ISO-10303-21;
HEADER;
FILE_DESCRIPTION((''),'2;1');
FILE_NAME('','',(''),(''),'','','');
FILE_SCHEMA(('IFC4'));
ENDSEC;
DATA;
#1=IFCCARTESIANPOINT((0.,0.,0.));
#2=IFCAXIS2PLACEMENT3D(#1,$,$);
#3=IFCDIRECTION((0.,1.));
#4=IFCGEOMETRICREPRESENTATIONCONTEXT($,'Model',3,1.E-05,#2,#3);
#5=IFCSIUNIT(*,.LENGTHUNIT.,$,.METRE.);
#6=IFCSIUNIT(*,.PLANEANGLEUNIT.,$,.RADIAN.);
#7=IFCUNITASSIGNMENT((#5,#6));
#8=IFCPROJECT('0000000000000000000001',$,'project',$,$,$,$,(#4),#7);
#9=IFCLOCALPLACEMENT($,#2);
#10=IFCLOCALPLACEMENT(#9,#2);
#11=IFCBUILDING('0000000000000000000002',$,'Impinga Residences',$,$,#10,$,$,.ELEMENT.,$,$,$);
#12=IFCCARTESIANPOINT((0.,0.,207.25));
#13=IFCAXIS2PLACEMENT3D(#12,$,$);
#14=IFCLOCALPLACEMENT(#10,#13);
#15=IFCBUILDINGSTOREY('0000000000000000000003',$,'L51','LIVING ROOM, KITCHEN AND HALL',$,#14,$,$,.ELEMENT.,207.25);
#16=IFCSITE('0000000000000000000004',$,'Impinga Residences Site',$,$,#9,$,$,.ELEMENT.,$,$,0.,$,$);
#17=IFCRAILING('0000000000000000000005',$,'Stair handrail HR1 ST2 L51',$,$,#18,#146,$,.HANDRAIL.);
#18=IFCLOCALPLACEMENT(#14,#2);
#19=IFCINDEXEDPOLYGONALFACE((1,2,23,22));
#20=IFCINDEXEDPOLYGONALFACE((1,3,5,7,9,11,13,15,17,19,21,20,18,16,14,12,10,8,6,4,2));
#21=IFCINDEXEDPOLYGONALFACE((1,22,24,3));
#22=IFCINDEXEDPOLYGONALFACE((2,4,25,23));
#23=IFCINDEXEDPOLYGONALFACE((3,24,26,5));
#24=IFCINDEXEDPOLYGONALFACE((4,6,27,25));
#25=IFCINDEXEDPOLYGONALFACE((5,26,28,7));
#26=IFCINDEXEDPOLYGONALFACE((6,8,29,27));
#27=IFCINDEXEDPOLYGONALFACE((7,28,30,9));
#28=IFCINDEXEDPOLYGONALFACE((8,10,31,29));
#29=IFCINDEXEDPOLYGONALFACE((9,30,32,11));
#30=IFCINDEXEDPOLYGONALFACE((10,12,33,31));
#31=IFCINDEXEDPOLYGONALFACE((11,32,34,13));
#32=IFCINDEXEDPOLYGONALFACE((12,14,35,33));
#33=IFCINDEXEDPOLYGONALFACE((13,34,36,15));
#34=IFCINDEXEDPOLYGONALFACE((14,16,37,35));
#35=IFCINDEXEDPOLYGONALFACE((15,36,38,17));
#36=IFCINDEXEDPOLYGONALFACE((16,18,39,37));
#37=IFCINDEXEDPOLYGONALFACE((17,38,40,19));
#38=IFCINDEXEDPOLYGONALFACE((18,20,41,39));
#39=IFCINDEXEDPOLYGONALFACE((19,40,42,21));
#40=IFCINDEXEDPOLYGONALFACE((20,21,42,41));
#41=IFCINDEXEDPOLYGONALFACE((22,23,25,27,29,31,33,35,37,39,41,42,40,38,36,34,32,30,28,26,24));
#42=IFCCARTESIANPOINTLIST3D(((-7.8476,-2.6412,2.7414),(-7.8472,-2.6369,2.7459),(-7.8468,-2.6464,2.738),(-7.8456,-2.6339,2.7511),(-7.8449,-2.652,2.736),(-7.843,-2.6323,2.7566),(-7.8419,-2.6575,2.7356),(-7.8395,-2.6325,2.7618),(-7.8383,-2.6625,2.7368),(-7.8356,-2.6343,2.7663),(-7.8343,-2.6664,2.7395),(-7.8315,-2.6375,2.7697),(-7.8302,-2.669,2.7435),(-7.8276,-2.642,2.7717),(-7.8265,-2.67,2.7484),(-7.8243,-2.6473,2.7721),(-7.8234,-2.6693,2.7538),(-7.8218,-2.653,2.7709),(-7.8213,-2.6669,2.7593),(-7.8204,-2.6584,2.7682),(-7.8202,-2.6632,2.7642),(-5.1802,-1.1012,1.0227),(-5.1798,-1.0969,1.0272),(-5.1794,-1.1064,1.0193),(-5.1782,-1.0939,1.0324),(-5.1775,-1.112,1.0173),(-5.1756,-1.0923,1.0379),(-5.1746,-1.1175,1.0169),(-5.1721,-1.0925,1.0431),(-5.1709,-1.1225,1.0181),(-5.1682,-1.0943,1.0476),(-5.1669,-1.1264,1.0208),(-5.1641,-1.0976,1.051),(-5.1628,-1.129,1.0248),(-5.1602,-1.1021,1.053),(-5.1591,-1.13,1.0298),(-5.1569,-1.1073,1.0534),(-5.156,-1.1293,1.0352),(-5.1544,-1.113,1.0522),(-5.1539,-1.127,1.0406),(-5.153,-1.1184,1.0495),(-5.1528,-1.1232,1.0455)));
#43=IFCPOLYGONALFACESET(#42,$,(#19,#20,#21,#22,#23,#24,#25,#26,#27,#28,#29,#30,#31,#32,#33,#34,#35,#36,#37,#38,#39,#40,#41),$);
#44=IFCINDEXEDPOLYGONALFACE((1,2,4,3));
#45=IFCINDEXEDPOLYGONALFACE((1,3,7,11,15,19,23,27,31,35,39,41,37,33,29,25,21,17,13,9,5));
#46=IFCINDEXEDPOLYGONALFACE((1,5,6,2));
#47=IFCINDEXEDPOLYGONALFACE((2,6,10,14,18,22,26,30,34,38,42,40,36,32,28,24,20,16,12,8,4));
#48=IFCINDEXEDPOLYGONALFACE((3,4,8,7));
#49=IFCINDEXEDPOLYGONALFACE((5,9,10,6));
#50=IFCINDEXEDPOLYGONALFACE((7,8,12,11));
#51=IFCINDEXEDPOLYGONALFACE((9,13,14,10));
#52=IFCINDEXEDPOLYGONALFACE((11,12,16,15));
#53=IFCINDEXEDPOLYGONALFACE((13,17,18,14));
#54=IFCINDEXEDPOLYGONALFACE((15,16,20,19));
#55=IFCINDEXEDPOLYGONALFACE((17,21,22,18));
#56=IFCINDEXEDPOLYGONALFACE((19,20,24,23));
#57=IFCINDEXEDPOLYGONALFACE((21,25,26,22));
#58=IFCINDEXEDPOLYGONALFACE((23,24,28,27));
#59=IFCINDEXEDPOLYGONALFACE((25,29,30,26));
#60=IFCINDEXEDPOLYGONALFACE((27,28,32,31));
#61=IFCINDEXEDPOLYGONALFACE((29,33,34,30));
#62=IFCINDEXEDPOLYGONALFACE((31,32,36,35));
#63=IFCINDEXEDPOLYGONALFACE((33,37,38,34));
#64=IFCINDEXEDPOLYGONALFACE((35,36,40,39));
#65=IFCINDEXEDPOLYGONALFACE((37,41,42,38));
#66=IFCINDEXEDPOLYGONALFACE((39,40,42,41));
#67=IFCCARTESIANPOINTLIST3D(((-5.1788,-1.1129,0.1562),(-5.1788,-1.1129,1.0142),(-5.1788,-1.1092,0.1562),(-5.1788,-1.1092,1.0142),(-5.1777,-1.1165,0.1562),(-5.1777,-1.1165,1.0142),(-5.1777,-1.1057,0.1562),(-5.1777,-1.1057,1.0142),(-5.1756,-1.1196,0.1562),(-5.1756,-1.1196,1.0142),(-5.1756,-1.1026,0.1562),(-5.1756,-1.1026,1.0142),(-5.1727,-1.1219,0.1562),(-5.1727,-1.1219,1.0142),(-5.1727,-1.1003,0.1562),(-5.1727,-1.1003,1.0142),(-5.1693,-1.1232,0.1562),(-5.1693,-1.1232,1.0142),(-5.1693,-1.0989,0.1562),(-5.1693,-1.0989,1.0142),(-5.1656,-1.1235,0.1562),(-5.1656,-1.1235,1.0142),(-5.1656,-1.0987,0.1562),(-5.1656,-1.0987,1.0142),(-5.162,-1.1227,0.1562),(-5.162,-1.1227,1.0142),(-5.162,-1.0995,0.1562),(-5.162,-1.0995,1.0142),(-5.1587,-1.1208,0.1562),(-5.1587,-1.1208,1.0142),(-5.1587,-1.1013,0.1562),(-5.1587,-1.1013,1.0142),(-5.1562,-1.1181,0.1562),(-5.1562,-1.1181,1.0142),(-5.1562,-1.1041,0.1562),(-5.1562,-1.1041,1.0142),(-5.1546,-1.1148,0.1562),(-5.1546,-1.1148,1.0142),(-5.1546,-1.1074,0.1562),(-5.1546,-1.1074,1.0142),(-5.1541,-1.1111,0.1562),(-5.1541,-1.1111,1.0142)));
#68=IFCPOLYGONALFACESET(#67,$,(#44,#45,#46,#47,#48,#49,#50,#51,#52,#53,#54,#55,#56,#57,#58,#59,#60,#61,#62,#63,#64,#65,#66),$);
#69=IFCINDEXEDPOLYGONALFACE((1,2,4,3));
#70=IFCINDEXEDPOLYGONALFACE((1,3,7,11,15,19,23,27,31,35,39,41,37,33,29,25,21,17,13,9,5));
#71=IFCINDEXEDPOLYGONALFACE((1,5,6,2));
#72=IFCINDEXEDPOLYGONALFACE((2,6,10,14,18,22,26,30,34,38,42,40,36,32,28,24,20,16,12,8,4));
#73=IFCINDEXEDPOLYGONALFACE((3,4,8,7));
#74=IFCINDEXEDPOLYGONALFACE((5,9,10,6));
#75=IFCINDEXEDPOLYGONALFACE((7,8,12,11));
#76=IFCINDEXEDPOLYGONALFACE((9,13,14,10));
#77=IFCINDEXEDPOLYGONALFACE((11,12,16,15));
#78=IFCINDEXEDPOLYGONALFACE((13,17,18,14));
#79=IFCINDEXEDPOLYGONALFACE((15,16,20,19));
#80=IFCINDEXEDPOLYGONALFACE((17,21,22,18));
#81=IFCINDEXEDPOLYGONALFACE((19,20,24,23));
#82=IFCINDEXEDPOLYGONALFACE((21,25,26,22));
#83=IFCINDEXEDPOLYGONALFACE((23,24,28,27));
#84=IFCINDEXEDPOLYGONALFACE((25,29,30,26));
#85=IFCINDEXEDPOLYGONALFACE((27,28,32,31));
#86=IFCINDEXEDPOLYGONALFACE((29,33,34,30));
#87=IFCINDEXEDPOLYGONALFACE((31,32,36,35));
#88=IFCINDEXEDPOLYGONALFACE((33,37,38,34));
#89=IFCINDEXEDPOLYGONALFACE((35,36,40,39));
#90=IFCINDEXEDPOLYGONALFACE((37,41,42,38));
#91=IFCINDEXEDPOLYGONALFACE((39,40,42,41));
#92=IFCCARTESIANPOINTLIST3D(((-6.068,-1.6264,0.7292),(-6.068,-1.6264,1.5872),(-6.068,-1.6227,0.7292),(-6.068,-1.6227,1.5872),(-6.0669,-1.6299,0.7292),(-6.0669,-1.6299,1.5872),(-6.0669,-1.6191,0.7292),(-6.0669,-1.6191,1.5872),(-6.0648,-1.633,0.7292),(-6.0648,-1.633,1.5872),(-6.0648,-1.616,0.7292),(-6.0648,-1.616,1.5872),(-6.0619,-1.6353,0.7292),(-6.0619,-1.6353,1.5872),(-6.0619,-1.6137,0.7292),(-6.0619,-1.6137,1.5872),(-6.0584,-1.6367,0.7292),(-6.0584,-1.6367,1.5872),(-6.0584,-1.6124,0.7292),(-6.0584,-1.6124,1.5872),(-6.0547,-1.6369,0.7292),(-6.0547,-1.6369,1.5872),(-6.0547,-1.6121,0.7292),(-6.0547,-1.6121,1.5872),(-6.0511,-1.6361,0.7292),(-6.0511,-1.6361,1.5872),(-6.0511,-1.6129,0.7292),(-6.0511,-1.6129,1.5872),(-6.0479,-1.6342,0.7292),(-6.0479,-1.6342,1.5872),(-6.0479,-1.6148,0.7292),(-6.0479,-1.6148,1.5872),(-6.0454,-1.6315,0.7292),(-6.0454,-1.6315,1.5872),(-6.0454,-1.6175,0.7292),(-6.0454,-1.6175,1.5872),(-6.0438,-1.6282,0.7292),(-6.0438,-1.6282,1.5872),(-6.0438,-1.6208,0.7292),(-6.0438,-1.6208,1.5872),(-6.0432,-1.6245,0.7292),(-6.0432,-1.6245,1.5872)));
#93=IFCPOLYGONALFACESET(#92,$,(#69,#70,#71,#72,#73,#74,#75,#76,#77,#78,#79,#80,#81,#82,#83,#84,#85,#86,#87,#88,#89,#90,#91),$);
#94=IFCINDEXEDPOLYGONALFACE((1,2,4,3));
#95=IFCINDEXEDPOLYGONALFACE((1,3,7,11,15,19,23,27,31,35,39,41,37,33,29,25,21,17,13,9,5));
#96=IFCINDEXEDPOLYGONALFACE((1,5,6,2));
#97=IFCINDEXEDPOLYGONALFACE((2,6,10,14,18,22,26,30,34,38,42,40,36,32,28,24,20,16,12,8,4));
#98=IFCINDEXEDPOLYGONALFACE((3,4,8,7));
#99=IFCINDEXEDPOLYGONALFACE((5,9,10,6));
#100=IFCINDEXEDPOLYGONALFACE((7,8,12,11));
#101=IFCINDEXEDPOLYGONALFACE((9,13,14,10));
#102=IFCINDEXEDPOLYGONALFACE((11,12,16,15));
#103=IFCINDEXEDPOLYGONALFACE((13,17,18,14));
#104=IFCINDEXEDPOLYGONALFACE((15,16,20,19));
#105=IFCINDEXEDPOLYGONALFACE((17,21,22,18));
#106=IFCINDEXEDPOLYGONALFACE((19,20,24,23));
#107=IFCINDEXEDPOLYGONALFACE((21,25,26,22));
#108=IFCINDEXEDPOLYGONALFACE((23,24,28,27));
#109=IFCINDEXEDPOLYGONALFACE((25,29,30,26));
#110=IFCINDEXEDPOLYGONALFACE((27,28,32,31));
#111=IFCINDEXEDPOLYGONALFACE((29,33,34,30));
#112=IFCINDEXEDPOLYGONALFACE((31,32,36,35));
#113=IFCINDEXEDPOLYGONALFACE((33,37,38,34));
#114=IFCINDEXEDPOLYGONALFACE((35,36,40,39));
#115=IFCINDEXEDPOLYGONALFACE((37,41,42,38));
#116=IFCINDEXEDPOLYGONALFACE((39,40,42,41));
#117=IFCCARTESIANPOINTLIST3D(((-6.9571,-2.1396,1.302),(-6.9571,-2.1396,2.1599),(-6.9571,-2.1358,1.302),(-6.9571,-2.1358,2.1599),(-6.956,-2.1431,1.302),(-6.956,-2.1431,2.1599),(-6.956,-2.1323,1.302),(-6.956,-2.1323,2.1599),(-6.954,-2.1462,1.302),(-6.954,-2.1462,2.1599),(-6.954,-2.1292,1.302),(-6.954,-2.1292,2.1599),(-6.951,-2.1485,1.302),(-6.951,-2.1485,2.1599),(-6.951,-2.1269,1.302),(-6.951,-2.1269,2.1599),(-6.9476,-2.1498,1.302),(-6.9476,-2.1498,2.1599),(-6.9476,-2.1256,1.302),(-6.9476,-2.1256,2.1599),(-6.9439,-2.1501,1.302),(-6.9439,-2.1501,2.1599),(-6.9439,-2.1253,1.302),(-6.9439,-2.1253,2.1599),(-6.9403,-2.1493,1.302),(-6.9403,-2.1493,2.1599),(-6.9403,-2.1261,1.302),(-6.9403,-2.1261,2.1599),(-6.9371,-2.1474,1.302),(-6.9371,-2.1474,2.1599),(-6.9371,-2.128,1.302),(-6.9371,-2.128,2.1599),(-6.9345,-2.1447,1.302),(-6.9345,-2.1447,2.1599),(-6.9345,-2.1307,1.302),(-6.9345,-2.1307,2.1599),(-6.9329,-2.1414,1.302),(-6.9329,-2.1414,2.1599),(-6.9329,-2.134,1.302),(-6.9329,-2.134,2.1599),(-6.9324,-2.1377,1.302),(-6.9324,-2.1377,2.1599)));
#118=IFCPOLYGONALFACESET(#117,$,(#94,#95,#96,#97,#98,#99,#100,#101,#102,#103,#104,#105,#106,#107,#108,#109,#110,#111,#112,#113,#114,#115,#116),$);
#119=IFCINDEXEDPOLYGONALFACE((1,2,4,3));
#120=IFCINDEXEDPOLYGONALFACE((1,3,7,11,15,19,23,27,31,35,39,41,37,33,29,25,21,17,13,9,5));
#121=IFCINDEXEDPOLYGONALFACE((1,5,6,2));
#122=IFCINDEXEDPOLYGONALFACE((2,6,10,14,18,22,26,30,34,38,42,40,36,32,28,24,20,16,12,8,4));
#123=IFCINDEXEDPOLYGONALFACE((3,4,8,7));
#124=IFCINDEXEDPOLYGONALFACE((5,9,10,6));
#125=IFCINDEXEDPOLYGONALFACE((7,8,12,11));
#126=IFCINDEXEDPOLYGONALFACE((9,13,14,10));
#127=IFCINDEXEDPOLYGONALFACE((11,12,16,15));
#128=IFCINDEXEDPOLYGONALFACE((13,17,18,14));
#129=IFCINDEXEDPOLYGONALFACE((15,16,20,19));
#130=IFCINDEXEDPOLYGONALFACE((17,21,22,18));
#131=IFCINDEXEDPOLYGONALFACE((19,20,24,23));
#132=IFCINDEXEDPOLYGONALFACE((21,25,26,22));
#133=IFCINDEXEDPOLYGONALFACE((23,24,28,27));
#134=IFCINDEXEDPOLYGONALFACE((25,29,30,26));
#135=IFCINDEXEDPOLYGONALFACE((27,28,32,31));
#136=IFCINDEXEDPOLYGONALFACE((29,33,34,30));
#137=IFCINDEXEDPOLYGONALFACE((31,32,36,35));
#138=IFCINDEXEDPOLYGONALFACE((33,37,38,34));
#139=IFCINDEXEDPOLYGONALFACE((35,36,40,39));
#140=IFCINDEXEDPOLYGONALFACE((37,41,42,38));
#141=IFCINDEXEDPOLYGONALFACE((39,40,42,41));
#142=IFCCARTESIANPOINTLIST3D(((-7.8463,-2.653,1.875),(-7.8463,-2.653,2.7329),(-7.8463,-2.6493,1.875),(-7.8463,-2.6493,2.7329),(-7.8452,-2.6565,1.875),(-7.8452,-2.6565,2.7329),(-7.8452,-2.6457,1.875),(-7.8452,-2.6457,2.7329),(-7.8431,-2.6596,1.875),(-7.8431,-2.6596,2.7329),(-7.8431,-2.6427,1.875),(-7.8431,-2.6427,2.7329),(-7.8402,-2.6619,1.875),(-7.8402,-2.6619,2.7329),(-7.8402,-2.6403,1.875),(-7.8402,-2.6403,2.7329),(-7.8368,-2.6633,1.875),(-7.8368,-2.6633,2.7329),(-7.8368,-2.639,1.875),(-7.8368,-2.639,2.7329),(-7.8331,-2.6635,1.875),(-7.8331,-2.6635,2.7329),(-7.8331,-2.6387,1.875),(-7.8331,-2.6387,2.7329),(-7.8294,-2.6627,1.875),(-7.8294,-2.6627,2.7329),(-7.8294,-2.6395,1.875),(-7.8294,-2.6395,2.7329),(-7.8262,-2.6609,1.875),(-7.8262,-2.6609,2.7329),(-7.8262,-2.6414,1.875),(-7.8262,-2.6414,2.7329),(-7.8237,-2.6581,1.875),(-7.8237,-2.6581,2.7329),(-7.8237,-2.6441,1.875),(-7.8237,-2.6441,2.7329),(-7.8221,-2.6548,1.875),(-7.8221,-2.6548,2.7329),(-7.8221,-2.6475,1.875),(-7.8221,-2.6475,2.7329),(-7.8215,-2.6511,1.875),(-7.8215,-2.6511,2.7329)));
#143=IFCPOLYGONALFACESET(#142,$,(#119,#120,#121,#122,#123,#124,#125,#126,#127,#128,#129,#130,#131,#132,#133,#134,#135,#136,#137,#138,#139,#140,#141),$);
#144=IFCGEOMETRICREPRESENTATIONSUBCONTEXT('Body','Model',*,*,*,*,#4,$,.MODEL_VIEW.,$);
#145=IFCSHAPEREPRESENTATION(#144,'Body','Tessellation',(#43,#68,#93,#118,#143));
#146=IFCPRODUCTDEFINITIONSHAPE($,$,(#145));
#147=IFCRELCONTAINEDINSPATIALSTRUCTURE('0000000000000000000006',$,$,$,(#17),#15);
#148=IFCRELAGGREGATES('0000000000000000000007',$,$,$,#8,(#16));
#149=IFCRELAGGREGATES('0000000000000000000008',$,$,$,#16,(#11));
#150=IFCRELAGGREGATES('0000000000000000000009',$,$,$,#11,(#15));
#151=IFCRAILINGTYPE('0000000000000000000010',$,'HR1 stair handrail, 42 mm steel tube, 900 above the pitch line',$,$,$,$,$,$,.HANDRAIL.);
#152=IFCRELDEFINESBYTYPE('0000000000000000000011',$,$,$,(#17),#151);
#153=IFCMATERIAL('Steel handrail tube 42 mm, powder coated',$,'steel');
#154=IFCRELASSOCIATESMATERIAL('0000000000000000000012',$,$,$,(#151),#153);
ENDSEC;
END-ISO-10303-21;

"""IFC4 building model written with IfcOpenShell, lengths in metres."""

from ifc_helpers import new_model, si_unit, direction, frame, origin, origin_2d, place, context, subcontext, project, spatial, circle, extrude, material, type_object, element, save


model = new_model("IFC4")

# Units and contexts
model_context = context("Model", 3, precision=1e-05, world=origin(), true_north=direction((0.0, 1.0)))
body_context = subcontext(model_context, "Body", "Model", "MODEL_VIEW")
ifc_project = project(units=[si_unit("LENGTHUNIT", "METRE"), si_unit("PLANEANGLEUNIT", "RADIAN")], contexts=[model_context])

# Site, building, storey
site_placement = place(None, origin())
site = spatial("IfcSite", under=ifc_project, at=site_placement, Name="Impinga Residences Site", CompositionType="ELEMENT", RefElevation=0.0)
building_placement = place(site_placement, origin())
building = spatial("IfcBuilding", under=site, at=building_placement, Name="Impinga Residences", CompositionType="ELEMENT")
storey_placement = place(building_placement, frame((0.0, 0.0, 207.25)))
storey = spatial("IfcBuildingStorey", under=building, at=storey_placement, Name="L51", Description="LIVING ROOM, KITCHEN AND HALL", CompositionType="ELEMENT", Elevation=207.25)

# Railing
ifc_material_1 = material(Name="Steel handrail tube 42 mm, powder coated", Category="steel")
railing_type = type_object("IfcRailingType", Name="HR1 stair handrail, 42 mm steel tube, 900 above the pitch line", PredefinedType="HANDRAIL", material=ifc_material_1)
railing_placement = place(storey_placement, frame((-5.1665, -1.1111, 0.1562)))
element("IfcRailing", 1, at=railing_placement, inside=storey, type_object=railing_type, Name="Stair handrail HR1 ST2 L51", PredefinedType="HANDRAIL", context=body_context, shape_type="SweptSolid", body=[
    extrude(circle(Radius=0.021, at=origin_2d()), frame((0.0, 0.0, 0.8789), z_axis=(-0.756256, -0.436616, 0.487282), x_axis=(0.499992, -0.86603, 0.0)), (0.0, 0.0, 1.0), 3.5271),
    extrude(circle(Radius=0.0125, at=origin_2d()), origin(), (0.0, 0.0, 1.0), 0.8579),
    extrude(circle(Radius=0.0125, at=origin_2d()), frame((-0.8892, -0.5134, 0.573)), (0.0, 0.0, 1.0), 0.8579),
    extrude(circle(Radius=0.0125, at=origin_2d()), frame((-1.7783, -1.0266, 1.1458)), (0.0, 0.0, 1.0), 0.8579),
    extrude(circle(Radius=0.0125, at=origin_2d()), frame((-2.6675, -1.54, 1.7188)), (0.0, 0.0, 1.0), 0.8579),
])

save(model, "model.ifc")
